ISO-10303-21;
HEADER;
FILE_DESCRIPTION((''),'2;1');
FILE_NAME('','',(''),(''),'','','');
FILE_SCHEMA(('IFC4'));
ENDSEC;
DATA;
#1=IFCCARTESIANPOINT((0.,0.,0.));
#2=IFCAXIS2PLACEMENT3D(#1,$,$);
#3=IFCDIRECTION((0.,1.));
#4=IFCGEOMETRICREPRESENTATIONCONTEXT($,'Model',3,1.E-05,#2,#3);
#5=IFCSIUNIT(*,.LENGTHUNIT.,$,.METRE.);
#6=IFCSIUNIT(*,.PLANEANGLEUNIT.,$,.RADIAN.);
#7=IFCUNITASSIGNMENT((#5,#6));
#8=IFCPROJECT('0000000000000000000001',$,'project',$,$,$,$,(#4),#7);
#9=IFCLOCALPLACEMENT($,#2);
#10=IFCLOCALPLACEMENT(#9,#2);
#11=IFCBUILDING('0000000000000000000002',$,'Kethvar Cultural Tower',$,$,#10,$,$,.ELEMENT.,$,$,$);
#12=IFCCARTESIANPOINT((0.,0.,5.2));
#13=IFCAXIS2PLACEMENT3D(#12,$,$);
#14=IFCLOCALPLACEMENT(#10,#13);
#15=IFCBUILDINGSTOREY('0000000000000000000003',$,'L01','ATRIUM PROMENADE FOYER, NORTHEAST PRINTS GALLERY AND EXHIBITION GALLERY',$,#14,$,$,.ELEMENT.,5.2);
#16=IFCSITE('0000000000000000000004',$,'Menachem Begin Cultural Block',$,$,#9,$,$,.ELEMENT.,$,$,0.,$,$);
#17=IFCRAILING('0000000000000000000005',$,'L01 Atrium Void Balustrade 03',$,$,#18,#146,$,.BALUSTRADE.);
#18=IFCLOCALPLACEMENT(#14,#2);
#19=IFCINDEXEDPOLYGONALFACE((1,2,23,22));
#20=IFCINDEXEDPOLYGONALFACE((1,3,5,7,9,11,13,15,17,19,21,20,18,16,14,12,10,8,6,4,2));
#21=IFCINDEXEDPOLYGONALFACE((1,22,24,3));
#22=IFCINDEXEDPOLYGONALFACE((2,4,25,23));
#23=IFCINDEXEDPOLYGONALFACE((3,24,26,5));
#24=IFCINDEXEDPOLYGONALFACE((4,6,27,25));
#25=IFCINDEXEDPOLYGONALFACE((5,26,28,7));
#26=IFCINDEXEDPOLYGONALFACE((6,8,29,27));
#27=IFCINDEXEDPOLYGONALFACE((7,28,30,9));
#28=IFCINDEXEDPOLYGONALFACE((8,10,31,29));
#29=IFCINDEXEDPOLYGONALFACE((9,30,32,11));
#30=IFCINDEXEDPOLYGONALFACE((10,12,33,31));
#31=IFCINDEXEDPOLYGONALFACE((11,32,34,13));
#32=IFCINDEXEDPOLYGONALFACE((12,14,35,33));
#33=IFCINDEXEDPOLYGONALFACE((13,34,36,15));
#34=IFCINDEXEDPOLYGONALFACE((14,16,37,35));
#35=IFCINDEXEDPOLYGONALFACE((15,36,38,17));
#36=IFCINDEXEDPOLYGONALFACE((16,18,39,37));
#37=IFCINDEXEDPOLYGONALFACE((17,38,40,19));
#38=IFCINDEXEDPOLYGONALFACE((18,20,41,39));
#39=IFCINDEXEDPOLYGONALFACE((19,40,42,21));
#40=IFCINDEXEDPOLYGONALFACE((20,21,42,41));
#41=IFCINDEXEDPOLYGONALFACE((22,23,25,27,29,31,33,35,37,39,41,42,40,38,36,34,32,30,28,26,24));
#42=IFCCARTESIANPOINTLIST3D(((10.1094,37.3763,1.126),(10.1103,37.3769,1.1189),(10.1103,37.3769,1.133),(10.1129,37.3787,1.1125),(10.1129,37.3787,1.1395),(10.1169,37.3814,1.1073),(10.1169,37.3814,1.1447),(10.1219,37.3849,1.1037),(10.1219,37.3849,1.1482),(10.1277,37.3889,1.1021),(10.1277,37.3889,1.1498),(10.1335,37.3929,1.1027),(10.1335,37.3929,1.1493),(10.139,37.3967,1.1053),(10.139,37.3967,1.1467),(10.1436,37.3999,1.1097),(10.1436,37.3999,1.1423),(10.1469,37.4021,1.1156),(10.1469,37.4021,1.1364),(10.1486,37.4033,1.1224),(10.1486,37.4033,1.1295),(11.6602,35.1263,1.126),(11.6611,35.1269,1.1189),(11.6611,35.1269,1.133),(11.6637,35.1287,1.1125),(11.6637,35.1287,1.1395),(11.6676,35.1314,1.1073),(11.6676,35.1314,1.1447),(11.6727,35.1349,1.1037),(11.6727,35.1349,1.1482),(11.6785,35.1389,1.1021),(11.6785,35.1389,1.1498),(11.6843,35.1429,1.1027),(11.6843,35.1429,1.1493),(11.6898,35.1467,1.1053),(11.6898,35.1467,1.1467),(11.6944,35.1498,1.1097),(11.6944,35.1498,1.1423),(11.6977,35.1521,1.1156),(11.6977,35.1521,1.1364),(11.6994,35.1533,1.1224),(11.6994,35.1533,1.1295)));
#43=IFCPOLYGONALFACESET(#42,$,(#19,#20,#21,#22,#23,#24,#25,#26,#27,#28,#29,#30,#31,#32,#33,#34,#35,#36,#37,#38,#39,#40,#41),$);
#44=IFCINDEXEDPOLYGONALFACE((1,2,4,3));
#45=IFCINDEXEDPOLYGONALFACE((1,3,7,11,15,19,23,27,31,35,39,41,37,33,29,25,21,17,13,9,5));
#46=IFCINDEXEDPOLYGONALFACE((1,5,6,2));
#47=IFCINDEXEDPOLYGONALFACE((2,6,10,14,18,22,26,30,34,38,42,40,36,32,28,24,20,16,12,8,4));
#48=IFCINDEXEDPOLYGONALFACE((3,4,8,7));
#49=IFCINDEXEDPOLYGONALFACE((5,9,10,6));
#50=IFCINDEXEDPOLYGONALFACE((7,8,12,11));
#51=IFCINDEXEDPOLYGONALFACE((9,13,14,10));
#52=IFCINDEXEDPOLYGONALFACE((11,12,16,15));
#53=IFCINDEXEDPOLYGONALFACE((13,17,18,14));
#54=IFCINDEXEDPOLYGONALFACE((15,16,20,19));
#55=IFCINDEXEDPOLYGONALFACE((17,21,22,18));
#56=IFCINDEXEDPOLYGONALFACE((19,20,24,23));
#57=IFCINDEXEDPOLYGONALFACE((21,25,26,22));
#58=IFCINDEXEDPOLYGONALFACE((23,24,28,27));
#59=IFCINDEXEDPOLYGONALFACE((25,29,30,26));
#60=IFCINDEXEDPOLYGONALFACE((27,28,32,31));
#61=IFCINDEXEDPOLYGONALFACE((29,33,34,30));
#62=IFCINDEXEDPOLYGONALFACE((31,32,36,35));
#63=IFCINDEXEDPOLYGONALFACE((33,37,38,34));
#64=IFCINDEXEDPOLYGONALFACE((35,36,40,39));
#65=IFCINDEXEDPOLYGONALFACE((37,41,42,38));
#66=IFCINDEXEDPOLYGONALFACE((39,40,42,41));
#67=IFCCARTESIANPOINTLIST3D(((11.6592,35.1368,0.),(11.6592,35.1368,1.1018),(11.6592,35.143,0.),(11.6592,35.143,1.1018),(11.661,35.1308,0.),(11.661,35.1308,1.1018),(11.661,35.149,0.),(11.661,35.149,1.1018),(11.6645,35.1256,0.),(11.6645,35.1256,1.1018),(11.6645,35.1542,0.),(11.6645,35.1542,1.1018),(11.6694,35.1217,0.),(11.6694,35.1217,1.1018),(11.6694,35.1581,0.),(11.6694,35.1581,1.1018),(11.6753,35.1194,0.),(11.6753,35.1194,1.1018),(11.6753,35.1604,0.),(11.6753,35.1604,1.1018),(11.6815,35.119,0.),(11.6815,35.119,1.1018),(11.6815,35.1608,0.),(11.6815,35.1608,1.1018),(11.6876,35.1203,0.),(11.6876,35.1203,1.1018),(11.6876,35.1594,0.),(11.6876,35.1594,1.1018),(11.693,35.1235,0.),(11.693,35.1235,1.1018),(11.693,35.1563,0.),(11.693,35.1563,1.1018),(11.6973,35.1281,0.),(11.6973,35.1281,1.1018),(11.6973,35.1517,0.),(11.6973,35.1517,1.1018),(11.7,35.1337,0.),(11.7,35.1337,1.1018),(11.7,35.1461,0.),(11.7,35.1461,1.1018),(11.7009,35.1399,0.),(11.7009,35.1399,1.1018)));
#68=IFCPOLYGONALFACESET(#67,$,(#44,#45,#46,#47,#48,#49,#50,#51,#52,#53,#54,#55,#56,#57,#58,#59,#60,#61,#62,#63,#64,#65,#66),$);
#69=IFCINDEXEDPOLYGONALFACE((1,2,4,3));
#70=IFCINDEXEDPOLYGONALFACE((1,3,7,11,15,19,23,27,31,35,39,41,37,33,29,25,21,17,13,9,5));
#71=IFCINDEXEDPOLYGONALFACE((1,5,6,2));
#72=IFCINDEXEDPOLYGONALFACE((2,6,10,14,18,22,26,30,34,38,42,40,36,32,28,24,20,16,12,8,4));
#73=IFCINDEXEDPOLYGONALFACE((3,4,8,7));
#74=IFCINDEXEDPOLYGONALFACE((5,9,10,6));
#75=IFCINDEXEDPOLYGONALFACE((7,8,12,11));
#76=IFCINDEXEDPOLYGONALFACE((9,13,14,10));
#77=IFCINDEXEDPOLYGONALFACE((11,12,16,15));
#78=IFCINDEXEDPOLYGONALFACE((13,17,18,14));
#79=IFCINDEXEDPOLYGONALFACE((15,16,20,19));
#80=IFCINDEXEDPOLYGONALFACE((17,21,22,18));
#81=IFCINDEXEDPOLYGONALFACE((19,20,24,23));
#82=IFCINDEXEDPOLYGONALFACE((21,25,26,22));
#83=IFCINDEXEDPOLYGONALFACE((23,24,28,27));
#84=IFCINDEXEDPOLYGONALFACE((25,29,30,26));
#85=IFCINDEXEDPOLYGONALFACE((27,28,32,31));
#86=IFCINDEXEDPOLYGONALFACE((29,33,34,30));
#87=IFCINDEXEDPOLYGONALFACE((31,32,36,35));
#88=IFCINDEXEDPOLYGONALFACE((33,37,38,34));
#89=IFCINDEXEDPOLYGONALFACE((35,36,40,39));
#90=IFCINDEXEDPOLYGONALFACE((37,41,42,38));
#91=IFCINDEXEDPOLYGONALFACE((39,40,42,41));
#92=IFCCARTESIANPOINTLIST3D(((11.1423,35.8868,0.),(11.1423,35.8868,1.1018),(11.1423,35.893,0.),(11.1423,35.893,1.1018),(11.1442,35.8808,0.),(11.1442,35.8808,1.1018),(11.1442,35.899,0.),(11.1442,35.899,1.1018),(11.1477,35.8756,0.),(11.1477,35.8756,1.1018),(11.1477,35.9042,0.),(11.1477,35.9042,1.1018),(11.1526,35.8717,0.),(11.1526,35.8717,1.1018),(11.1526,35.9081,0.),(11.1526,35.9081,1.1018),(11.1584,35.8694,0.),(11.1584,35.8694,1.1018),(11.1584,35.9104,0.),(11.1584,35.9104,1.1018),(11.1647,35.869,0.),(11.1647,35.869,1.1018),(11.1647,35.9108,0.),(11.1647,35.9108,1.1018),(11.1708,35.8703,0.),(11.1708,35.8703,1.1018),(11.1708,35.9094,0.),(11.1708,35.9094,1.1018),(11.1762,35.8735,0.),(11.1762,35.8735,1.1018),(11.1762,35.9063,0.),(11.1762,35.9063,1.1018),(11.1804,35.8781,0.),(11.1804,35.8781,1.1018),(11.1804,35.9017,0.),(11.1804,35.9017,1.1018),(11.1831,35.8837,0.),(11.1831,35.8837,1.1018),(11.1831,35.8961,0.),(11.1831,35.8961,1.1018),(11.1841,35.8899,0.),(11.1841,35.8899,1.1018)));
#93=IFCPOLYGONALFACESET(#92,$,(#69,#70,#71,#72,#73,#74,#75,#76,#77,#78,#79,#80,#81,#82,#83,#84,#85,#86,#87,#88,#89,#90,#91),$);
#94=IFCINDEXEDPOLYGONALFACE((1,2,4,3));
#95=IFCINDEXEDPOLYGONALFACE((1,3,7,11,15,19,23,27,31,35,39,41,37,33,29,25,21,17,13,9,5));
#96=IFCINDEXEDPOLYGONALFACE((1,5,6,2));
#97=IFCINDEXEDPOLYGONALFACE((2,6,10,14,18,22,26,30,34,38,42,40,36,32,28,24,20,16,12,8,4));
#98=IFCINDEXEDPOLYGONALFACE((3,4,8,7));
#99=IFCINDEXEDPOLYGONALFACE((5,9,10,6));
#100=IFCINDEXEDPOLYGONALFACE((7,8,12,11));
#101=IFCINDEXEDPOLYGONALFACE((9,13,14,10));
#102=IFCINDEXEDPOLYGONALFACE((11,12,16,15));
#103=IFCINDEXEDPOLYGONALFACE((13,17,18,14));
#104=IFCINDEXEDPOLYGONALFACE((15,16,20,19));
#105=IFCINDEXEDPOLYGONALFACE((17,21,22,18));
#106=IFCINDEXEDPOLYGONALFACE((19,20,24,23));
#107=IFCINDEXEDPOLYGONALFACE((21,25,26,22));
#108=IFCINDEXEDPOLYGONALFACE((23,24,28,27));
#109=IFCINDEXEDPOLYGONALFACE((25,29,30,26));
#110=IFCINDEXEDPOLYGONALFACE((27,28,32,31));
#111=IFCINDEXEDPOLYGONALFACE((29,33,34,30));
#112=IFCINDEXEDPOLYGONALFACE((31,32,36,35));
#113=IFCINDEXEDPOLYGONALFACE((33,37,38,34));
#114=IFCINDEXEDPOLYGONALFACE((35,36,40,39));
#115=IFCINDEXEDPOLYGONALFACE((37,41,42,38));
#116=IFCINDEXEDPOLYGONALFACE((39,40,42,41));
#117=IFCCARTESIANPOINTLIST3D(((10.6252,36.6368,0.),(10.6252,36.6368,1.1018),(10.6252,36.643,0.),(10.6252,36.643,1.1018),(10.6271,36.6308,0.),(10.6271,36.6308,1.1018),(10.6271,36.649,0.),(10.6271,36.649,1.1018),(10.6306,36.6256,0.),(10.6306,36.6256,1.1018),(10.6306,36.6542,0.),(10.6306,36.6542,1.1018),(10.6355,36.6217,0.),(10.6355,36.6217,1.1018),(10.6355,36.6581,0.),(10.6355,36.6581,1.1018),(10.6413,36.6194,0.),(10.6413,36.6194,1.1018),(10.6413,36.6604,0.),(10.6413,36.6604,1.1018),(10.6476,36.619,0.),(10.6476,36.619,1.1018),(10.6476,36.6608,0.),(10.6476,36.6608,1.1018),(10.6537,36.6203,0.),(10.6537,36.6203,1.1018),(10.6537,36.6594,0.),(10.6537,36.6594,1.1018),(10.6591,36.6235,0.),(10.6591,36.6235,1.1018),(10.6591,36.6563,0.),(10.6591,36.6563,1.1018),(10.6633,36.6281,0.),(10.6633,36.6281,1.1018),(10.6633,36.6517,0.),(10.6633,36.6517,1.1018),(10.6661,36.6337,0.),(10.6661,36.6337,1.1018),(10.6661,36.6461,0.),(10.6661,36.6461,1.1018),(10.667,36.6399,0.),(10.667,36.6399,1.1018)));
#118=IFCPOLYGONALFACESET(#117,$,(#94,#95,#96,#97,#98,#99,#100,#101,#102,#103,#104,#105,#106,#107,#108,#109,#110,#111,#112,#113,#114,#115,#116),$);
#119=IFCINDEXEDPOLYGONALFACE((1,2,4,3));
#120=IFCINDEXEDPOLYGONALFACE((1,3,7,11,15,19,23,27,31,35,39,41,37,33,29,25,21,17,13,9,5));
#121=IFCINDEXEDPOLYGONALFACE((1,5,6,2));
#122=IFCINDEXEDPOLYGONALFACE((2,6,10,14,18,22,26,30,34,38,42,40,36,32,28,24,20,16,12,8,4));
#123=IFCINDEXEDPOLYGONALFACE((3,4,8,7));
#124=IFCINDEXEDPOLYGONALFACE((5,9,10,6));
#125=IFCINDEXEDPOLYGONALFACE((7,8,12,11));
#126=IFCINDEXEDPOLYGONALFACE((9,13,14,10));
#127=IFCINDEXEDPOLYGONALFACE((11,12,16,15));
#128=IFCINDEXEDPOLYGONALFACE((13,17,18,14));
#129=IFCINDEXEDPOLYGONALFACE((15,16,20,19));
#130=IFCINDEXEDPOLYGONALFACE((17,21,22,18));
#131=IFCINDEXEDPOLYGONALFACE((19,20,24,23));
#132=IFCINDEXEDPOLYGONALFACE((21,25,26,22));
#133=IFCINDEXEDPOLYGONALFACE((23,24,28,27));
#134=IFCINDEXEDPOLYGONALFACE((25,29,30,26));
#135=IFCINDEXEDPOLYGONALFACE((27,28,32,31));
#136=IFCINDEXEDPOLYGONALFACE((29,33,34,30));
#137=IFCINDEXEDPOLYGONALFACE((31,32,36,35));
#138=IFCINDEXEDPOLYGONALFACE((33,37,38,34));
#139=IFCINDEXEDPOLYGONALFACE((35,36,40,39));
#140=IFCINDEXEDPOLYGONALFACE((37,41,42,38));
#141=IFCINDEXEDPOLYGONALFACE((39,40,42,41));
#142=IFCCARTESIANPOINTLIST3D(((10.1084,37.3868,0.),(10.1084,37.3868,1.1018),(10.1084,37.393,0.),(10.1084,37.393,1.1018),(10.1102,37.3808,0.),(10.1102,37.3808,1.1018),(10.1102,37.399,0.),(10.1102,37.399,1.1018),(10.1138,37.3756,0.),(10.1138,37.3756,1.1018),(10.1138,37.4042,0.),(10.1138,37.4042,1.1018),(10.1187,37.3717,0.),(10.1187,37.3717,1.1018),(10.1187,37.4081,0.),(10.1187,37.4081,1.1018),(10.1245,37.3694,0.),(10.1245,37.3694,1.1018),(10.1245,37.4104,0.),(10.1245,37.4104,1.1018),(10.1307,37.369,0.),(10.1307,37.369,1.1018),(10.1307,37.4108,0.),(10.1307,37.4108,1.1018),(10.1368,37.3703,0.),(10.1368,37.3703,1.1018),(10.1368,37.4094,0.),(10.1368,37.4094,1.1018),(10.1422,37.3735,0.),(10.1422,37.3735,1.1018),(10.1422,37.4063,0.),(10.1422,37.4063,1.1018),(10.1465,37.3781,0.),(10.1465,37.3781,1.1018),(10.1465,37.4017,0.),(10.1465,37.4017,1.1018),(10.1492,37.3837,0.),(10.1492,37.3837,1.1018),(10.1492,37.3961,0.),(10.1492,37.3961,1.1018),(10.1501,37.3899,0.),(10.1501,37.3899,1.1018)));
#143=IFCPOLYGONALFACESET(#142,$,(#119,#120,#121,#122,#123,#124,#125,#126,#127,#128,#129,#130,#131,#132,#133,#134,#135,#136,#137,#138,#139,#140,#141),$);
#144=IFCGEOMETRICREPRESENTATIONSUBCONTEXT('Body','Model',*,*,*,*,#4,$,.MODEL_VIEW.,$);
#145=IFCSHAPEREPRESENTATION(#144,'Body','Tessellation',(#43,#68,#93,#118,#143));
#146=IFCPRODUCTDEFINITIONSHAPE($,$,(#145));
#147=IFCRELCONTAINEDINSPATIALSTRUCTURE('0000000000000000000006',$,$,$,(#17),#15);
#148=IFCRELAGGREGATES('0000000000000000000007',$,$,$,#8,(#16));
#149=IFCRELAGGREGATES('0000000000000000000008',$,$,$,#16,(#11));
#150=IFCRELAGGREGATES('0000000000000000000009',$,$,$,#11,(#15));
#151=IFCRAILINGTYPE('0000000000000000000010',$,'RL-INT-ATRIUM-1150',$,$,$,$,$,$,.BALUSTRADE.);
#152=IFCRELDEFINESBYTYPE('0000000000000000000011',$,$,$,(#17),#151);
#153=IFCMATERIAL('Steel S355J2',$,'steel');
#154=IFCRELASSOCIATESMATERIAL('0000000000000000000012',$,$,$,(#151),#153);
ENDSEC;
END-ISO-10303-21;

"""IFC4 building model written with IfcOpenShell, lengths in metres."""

from ifc_helpers import new_model, si_unit, direction, frame, origin, origin_2d, place, context, subcontext, project, spatial, circle, extrude, material, type_object, element, save


model = new_model("IFC4")

# Units and contexts
model_context = context("Model", 3, precision=1e-05, world=origin(), true_north=direction((0.0, 1.0)))
body_context = subcontext(model_context, "Body", "Model", "MODEL_VIEW")
ifc_project = project(units=[si_unit("LENGTHUNIT", "METRE"), si_unit("PLANEANGLEUNIT", "RADIAN")], contexts=[model_context])

# Site, building, storey
site_placement = place(None, origin())
site = spatial("IfcSite", under=ifc_project, at=site_placement, Name="Menachem Begin Cultural Block", CompositionType="ELEMENT", RefElevation=0.0)
building_placement = place(site_placement, origin())
building = spatial("IfcBuilding", under=site, at=building_placement, Name="Kethvar Cultural Tower", CompositionType="ELEMENT")
storey_placement = place(building_placement, frame((0.0, 0.0, 5.2)))
storey = spatial("IfcBuildingStorey", under=building, at=storey_placement, Name="L01", Description="ATRIUM PROMENADE FOYER, NORTHEAST PRINTS GALLERY AND EXHIBITION GALLERY", CompositionType="ELEMENT", Elevation=5.2)

# Shared definitions
ifc_material_1 = material(Name="Steel S355J2", Category="steel")

# Railing
railing_type_1 = type_object("IfcRailingType", Name="RL-INT-ATRIUM-1150", PredefinedType="BALUSTRADE", material=ifc_material_1)
railing_1_placement = place(storey_placement, frame((11.6799, 35.1399, 0.0)))
element("IfcRailing", 1, at=railing_1_placement, inside=storey, type_object=railing_type_1, Name="L01 Atrium Void Balustrade 03", PredefinedType="BALUSTRADE", context=body_context, shape_type="SweptSolid", body=[
    extrude(circle(Radius=0.0239, at=origin_2d()), frame((0.0, 0.0, 1.126), z_axis=(-0.567499, 0.823374, 0.0), x_axis=(-0.823374, -0.567499, 0.0)), (0.0, 0.0, 1.0), 2.7327),
    extrude(circle(Radius=0.021, at=origin_2d()), origin(), (0.0, 0.0, 1.0), 1.1018),
    extrude(circle(Radius=0.021, at=origin_2d()), frame((-0.5168, 0.75, 0.0)), (0.0, 0.0, 1.0), 1.1018),
    extrude(circle(Radius=0.021, at=origin_2d()), frame((-1.0339, 1.5, 0.0)), (0.0, 0.0, 1.0), 1.1018),
    extrude(circle(Radius=0.021, at=origin_2d()), frame((-1.5508, 2.25, 0.0)), (0.0, 0.0, 1.0), 1.1018),
])

save(model, "model.ifc")
